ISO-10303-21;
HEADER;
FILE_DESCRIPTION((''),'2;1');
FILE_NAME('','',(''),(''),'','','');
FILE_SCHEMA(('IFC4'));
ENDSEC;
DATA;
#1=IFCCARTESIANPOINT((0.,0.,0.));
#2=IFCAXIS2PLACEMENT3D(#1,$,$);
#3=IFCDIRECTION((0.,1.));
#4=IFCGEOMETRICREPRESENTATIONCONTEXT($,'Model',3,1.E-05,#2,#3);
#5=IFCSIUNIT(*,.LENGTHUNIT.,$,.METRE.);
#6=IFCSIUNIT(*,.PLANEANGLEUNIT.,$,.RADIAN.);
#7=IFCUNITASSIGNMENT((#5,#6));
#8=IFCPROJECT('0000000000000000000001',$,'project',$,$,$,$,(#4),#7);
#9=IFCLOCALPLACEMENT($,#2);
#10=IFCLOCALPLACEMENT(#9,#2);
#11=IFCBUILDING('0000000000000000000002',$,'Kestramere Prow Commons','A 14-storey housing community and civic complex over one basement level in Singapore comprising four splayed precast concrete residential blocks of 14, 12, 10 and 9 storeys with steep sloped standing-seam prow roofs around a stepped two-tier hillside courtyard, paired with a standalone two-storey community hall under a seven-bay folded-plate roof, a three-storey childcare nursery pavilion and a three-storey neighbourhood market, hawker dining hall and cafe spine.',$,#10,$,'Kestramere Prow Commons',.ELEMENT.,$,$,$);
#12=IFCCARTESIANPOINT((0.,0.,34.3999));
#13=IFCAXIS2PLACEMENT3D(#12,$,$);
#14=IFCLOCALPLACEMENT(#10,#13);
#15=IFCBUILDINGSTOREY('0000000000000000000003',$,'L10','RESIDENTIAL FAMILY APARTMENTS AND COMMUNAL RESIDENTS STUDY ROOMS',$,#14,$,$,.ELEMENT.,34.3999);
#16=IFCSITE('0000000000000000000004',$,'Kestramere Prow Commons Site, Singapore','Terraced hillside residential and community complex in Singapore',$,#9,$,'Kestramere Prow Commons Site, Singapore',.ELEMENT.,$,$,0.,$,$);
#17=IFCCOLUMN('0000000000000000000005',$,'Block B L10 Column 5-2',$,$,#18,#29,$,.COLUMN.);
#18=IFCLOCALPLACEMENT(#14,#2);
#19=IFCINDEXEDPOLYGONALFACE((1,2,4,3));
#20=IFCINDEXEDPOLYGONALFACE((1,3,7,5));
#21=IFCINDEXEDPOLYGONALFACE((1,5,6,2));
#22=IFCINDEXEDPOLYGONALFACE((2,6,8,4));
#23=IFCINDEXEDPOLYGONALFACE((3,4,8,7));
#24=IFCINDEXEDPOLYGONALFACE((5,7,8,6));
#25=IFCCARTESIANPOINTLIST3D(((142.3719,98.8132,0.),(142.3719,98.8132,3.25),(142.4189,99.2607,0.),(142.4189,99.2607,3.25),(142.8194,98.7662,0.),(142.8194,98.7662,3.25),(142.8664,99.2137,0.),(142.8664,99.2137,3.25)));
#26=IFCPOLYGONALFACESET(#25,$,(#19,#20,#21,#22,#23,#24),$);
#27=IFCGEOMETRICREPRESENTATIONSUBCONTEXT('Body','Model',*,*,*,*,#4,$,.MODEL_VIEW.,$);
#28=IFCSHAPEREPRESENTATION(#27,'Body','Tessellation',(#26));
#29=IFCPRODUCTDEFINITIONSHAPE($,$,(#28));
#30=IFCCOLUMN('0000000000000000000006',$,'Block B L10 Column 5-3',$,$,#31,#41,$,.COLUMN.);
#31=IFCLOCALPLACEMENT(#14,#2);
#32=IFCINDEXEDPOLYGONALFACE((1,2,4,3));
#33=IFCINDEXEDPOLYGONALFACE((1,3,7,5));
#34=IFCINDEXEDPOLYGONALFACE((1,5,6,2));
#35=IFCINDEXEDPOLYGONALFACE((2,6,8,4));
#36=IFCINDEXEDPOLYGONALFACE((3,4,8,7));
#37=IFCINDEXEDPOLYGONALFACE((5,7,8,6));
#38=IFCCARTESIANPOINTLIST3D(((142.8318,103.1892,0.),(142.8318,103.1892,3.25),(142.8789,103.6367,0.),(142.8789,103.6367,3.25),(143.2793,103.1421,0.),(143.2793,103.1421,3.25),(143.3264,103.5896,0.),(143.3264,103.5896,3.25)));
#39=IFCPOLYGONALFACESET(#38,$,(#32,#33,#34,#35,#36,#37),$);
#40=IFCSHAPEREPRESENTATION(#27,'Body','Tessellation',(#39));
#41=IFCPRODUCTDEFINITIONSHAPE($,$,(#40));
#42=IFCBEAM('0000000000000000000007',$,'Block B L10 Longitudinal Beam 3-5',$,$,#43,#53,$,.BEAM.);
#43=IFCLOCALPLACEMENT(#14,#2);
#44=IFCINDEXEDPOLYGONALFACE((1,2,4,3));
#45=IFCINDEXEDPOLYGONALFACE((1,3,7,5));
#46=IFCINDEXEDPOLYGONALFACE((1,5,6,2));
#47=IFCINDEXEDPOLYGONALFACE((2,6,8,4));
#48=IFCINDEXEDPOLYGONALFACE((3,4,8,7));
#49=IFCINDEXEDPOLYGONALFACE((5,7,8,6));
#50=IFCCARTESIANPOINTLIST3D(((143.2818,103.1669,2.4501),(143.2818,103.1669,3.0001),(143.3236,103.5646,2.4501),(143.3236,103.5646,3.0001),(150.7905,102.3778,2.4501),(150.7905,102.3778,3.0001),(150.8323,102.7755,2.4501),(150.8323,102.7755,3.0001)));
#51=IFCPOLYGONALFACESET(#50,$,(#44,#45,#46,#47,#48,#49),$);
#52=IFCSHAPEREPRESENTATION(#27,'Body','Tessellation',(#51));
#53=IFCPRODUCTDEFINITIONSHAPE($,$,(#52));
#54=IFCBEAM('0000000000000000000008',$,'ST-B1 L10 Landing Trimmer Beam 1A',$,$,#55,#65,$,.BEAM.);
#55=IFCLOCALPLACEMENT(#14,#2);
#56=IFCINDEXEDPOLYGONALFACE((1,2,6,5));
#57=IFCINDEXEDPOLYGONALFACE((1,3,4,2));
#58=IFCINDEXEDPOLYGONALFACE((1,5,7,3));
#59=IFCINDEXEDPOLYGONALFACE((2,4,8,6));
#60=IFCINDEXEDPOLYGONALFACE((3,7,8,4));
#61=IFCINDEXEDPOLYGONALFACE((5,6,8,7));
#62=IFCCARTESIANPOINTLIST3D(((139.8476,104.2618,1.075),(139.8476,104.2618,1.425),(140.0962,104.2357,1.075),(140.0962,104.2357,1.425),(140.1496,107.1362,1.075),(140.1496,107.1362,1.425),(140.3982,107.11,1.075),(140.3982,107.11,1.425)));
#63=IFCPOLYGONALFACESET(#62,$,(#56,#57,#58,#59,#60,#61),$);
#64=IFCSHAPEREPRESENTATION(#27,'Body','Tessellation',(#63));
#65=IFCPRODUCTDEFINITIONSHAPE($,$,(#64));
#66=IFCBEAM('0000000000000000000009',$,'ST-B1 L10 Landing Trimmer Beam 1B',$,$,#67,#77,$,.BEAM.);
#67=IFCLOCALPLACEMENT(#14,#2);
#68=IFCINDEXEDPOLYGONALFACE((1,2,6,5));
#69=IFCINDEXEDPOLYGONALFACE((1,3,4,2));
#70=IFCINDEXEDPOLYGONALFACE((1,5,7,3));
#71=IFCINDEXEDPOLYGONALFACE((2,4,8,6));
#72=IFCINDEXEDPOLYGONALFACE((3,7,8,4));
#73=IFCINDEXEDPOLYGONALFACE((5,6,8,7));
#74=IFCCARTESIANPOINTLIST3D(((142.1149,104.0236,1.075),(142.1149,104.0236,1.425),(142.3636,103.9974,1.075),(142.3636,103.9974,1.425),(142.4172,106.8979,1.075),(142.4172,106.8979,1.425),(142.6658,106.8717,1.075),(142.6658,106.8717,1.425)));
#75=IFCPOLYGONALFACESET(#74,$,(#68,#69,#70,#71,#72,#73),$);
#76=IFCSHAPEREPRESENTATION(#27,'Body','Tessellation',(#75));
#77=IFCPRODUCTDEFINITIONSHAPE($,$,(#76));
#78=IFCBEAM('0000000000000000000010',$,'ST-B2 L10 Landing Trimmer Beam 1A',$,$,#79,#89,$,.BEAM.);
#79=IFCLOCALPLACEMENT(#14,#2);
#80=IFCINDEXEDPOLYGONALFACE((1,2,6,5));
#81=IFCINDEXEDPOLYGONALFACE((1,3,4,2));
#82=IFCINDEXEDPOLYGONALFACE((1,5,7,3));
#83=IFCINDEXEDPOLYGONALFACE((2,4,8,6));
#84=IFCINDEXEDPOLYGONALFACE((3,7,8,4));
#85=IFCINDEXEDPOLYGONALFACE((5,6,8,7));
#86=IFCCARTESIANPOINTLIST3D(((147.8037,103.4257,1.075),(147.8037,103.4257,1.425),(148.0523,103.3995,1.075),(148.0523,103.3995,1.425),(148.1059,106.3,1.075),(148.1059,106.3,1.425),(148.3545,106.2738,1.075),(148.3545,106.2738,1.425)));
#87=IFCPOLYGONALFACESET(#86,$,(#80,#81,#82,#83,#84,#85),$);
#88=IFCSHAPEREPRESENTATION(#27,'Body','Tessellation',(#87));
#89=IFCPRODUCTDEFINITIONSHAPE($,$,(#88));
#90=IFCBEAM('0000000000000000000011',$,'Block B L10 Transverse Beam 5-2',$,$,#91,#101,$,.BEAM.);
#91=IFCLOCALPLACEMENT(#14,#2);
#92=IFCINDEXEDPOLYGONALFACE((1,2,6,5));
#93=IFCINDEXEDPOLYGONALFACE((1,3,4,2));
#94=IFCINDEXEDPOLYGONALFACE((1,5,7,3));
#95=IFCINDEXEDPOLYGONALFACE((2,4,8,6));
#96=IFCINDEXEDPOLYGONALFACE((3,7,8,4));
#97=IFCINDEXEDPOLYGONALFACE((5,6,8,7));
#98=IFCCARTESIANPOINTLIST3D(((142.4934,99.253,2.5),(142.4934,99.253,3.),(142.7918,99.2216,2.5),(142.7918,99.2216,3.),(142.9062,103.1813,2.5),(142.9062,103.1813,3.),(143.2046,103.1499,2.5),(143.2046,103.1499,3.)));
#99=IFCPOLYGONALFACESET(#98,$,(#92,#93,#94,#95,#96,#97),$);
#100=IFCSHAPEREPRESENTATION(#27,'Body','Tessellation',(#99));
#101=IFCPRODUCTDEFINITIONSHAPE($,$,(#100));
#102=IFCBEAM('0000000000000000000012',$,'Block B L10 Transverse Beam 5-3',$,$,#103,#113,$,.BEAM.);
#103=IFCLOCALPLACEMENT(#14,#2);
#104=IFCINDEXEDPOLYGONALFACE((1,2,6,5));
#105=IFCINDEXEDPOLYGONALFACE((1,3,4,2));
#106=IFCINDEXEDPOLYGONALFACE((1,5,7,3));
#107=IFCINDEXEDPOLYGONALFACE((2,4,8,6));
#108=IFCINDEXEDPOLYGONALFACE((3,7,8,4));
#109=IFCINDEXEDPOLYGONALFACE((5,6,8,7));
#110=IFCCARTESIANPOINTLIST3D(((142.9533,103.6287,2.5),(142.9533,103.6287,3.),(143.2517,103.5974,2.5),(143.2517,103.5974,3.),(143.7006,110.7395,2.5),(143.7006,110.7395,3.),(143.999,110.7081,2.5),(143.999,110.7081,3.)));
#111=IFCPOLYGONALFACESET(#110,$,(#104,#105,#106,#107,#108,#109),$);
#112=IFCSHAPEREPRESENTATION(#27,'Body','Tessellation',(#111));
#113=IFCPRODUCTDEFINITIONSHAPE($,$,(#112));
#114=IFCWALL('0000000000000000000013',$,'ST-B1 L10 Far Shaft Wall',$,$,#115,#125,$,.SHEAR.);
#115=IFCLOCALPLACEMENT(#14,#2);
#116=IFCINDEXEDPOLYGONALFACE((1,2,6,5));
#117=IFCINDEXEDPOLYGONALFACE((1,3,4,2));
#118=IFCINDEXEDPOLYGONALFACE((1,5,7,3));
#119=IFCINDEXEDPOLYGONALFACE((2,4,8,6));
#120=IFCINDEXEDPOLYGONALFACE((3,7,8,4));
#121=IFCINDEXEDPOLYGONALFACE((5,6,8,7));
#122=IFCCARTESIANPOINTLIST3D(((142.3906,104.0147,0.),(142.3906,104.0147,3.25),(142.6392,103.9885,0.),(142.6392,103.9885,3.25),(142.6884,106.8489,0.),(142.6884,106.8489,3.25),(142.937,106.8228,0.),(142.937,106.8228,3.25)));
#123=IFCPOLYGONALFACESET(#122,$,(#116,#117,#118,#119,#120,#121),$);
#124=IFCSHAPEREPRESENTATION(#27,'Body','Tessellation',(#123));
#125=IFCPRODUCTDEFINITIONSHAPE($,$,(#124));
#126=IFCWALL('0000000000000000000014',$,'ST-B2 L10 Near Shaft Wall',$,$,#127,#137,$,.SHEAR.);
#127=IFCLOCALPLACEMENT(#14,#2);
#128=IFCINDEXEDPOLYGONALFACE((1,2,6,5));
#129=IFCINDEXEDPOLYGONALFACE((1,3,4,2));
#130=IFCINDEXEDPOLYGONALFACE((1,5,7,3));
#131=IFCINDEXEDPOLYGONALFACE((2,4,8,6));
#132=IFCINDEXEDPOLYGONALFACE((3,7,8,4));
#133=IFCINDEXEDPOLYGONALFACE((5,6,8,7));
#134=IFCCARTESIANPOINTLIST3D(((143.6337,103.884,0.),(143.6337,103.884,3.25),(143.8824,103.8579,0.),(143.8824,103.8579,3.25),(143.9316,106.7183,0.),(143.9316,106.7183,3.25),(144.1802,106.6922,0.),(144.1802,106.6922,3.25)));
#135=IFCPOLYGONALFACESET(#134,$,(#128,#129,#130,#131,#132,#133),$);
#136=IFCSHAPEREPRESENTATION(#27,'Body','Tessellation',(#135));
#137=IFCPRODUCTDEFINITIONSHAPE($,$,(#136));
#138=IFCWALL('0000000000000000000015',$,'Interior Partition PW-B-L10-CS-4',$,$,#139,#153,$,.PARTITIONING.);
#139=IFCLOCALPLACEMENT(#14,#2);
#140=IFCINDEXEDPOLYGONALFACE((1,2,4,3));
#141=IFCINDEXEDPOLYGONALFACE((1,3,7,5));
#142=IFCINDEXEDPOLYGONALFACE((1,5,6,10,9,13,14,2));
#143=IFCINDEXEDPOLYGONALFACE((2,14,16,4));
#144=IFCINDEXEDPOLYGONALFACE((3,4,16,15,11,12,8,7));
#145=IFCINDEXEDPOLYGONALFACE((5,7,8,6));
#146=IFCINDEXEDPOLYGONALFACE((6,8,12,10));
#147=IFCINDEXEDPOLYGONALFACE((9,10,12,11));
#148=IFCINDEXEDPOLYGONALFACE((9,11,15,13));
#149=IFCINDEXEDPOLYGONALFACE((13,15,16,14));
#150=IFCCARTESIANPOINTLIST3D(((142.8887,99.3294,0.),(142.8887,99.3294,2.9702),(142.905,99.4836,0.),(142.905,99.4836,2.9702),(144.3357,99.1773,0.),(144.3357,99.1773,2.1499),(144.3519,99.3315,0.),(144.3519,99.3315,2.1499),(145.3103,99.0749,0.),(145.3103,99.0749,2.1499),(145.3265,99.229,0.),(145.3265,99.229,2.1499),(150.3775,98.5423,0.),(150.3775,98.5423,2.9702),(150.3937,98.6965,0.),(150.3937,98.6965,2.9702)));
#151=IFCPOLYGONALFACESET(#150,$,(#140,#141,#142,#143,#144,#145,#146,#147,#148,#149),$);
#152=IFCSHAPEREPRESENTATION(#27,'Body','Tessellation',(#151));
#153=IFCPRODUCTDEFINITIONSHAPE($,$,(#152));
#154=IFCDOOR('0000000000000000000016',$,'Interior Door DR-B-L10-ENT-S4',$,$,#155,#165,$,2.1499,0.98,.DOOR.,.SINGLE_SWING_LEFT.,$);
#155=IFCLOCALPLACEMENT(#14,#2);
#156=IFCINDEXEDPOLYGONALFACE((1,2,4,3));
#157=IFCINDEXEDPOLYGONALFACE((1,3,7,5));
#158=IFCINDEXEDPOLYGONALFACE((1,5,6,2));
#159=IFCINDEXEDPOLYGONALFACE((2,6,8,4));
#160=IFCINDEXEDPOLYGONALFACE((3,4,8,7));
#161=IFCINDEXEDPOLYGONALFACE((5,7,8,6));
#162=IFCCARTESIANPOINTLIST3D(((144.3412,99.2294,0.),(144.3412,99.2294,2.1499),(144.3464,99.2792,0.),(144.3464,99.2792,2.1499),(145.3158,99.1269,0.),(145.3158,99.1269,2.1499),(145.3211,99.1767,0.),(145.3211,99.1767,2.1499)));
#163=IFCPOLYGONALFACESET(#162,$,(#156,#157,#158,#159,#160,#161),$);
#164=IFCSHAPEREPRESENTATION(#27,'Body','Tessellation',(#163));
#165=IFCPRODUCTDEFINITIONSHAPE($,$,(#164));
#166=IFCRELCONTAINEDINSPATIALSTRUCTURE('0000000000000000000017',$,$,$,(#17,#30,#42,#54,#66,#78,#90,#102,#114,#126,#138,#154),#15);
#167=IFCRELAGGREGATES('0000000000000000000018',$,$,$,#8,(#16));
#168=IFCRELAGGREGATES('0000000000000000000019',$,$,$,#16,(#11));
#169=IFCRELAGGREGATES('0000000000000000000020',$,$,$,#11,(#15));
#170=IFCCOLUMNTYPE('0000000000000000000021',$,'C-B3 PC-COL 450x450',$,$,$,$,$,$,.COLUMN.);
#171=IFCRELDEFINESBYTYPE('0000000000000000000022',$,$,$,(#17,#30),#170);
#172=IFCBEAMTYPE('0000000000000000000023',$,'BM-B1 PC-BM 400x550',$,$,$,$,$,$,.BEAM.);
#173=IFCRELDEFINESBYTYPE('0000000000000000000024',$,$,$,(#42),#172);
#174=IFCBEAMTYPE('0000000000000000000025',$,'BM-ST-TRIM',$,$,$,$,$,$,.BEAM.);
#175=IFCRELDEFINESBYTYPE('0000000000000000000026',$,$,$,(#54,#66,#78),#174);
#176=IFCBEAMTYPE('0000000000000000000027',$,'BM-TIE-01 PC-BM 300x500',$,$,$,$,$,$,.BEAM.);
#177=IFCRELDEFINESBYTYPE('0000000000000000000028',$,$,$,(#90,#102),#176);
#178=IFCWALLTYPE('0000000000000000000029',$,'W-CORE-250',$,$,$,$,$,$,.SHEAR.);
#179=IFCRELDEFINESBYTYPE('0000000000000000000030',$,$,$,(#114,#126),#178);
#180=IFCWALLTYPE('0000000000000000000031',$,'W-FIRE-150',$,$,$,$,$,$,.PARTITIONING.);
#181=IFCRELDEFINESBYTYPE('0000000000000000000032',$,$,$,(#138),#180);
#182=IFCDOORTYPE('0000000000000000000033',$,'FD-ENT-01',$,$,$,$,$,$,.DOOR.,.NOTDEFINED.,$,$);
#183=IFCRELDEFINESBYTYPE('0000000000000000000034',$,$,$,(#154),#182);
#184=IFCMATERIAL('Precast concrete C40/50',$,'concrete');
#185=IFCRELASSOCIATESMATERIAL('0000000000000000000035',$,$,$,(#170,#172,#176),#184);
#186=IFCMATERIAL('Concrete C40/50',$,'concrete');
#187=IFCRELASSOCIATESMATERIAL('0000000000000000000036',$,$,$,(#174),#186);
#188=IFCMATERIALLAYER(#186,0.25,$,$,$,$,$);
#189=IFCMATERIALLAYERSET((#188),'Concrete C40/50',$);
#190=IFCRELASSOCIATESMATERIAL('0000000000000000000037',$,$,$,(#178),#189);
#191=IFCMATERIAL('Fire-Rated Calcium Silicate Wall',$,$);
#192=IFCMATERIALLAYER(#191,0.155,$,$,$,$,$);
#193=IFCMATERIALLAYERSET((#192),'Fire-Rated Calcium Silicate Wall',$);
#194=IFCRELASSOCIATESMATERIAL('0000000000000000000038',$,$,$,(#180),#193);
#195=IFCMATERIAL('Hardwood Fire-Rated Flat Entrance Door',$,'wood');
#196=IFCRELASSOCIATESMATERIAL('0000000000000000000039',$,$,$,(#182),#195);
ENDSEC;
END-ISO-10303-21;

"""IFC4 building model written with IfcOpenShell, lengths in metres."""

from ifc_helpers import new_model, si_unit, direction, frame, frame_2d, origin, origin_2d, place, context, subcontext, project, spatial, rectangle, extrude, material, layer, layer_set, material_profile, profile_set, type_object, element, fill, save


model = new_model("IFC4")

# Units and contexts
model_context = context("Model", 3, precision=1e-05, world=origin(), true_north=direction((0.0, 1.0)))
body_context = subcontext(model_context, "Body", "Model", "MODEL_VIEW")
ifc_project = project(units=[si_unit("LENGTHUNIT", "METRE"), si_unit("PLANEANGLEUNIT", "RADIAN")], contexts=[model_context])

# Site, building, storey
site_placement = place(None, origin())
site = spatial("IfcSite", under=ifc_project, at=site_placement, Name="Kestramere Prow Commons Site, Singapore", Description="Terraced hillside residential and community complex in Singapore", LongName="Kestramere Prow Commons Site, Singapore", CompositionType="ELEMENT", RefElevation=0.0)
building_placement = place(site_placement, origin())
building = spatial("IfcBuilding", under=site, at=building_placement, Name="Kestramere Prow Commons", Description="A 14-storey housing community and civic complex over one basement level in Singapore comprising four splayed precast concrete residential blocks of 14, 12, 10 and 9 storeys with steep sloped standing-seam prow roofs around a stepped two-tier hillside courtyard, paired with a standalone two-storey community hall under a seven-bay folded-plate roof, a three-storey childcare nursery pavilion and a three-storey neighbourhood market, hawker dining hall and cafe spine.", LongName="Kestramere Prow Commons", CompositionType="ELEMENT")
storey_placement = place(building_placement, frame((0.0, 0.0, 34.3999)))
storey = spatial("IfcBuildingStorey", under=building, at=storey_placement, Name="L10", Description="RESIDENTIAL FAMILY APARTMENTS AND COMMUNAL RESIDENTS STUDY ROOMS", CompositionType="ELEMENT", Elevation=34.3999)

# Columns
ifc_material_1 = material(Name="Precast concrete C40/50", Category="concrete")
ifc_material_profile_1 = material_profile(ifc_material_1, rectangle(XDim=0.45, YDim=0.45, at=origin_2d()), Name="PC-COL 450x450")
ifc_profile_set_1 = profile_set([ifc_material_profile_1], Name="Precast concrete C40/50")
column_type = type_object("IfcColumnType", Name="C-B3 PC-COL 450x450", PredefinedType="COLUMN", material=ifc_profile_set_1)
for number, where, z_axis, x_axis, name in (
    (1, (142.6191, 99.0134, 0.0), (0.0, 0.0, 1.0), (0.994522, -0.104528, 0.0), "Block B L10 Column 5-2"),
    (2, (143.0791, 103.3894, 0.0), (0.0, 0.0, 1.0), (0.994522, -0.104528, 0.0), "Block B L10 Column 5-3"),
):
    element("IfcColumn", number, at=place(storey_placement, frame(where, z_axis=z_axis, x_axis=x_axis)), inside=storey, type_object=column_type, Name=name, PredefinedType="COLUMN", context=body_context, shape_type="SweptSolid", body=[
        extrude(rectangle(XDim=0.45, YDim=0.45, at=origin_2d()), origin(), (0.0, 0.0, 1.0), 3.25),
    ])

# Beams
ifc_material_profile_2 = material_profile(ifc_material_1, rectangle(XDim=0.3999, YDim=0.55, at=origin_2d()), Name="PC-BM 400x550")
ifc_profile_set_2 = profile_set([ifc_material_profile_2], Name="Precast concrete C40/50")
beam_type_1 = type_object("IfcBeamType", Name="BM-B1 PC-BM 400x550", PredefinedType="BEAM", material=ifc_profile_set_2)
beam_1_placement = place(storey_placement, frame((143.3027, 103.3657, 2.7251), z_axis=(0.994524, -0.10451, 0.0), x_axis=(0.10451, 0.994524, 0.0)))
element("IfcBeam", 3, at=beam_1_placement, inside=storey, type_object=beam_type_1, Name="Block B L10 Longitudinal Beam 3-5", PredefinedType="BEAM", context=body_context, shape_type="SweptSolid", body=[
    extrude(rectangle(XDim=0.3999, YDim=0.55, at=origin_2d()), origin(), (0.0, 0.0, 1.0), 7.55),
])
ifc_material_2 = material(Name="Concrete C40/50", Category="concrete")
ifc_material_profile_3 = material_profile(ifc_material_2, rectangle(XDim=0.25, YDim=0.3501, at=origin_2d()), Name="PC-BM 250x350")
ifc_profile_set_3 = profile_set([ifc_material_profile_3], Name="Concrete C40/50")
beam_type_2 = type_object("IfcBeamType", Name="BM-ST-TRIM", PredefinedType="BEAM", material=ifc_profile_set_3)
for number, where, z_axis, x_axis, name in (
    (4, (139.9719, 104.2488, 1.25), (0.104496, 0.994525, 0.0), (-0.994525, 0.104496, 0.0), "ST-B1 L10 Landing Trimmer Beam 1A"),
    (5, (142.2393, 104.0105, 1.25), (0.104579, 0.994517, 0.0), (-0.994517, 0.104579, 0.0), "ST-B1 L10 Landing Trimmer Beam 1B"),
    (6, (147.928, 103.4126, 1.25), (0.104579, 0.994517, 0.0), (-0.994517, 0.104579, 0.0), "ST-B2 L10 Landing Trimmer Beam 1A"),
):
    element("IfcBeam", number, at=place(storey_placement, frame(where, z_axis=z_axis, x_axis=x_axis)), inside=storey, type_object=beam_type_2, Name=name, PredefinedType="BEAM", context=body_context, shape_type="SweptSolid", body=[
        extrude(rectangle(XDim=0.25, YDim=0.3501, at=origin_2d()), origin(), (0.0, 0.0, 1.0), 2.8901),
    ])
ifc_material_profile_4 = material_profile(ifc_material_1, rectangle(XDim=0.3, YDim=0.5, at=origin_2d()), Name="PC-BM 300x500")
ifc_profile_set_4 = profile_set([ifc_material_profile_4], Name="Precast concrete C40/50")
beam_type_3 = type_object("IfcBeamType", Name="BM-TIE-01 PC-BM 300x500", PredefinedType="BEAM", material=ifc_profile_set_4)
beam_2_placement = place(storey_placement, frame((142.6426, 99.2373, 2.75), z_axis=(0.104521, 0.994523, 0.0), x_axis=(-0.994523, 0.104521, 0.0)))
element("IfcBeam", 7, at=beam_2_placement, inside=storey, type_object=beam_type_3, Name="Block B L10 Transverse Beam 5-2", PredefinedType="BEAM", context=body_context, shape_type="SweptSolid", body=[
    extrude(rectangle(XDim=0.3, YDim=0.5, at=origin_2d()), origin(), (0.0, 0.0, 1.0), 3.95),
])
beam_3_placement = place(storey_placement, frame((143.1025, 103.613, 2.75), z_axis=(0.104519, 0.994523, 0.0), x_axis=(-0.994523, 0.104519, 0.0)))
element("IfcBeam", 8, at=beam_3_placement, inside=storey, type_object=beam_type_3, Name="Block B L10 Transverse Beam 5-3", PredefinedType="BEAM", context=body_context, shape_type="SweptSolid", body=[
    extrude(rectangle(XDim=0.3, YDim=0.5, at=origin_2d()), origin(), (0.0, 0.0, 1.0), 7.1499),
])

# Wall
ifc_layer_1 = layer(ifc_material_2, 0.25)
ifc_layer_set_1 = layer_set([ifc_layer_1], Name="Concrete C40/50")
wall_type_1 = type_object("IfcWallType", Name="W-CORE-250", PredefinedType="SHEAR", material=ifc_layer_set_1)
wall_1_placement = place(storey_placement, frame((142.5149, 104.0017, 0.0), z_axis=(0.0, 0.0, 1.0), x_axis=(0.104515, 0.994523, 0.0)))
element("IfcWall", 9, at=wall_1_placement, inside=storey, type_object=wall_type_1, Name="ST-B1 L10 Far Shaft Wall", PredefinedType="SHEAR", context=body_context, shape_type="SweptSolid", body=[
    extrude(rectangle(XDim=2.8499, YDim=0.25, at=frame_2d((1.4248, 0.0))), origin(), (0.0, 0.0, 1.0), 3.25),
])

# Wall
wall_2_placement = place(storey_placement, frame((143.7581, 103.8711, 0.0), z_axis=(0.0, 0.0, 1.0), x_axis=(0.104515, 0.994523, 0.0)))
element("IfcWall", 10, at=wall_2_placement, inside=storey, type_object=wall_type_1, Name="ST-B2 L10 Near Shaft Wall", PredefinedType="SHEAR", context=body_context, shape_type="SweptSolid", body=[
    extrude(rectangle(XDim=2.8499, YDim=0.25, at=frame_2d((1.4248, 0.0))), origin(), (0.0, 0.0, 1.0), 3.25),
])

# Wall, opening, door
ifc_material_3 = material(Name="Fire-Rated Calcium Silicate Wall")
ifc_layer_2 = layer(ifc_material_3, 0.155)
ifc_layer_set_2 = layer_set([ifc_layer_2], Name="Fire-Rated Calcium Silicate Wall")
wall_type_2 = type_object("IfcWallType", Name="W-FIRE-150", PredefinedType="PARTITIONING", material=ifc_layer_set_2)
wall_3_placement = place(storey_placement, frame((142.8967, 99.4065, 0.0), z_axis=(0.0, 0.0, 1.0), x_axis=(0.994522, -0.10453, 0.0)))
wall_3 = element("IfcWall", 11, at=wall_3_placement, inside=storey, type_object=wall_type_2, Name="Interior Partition PW-B-L10-CS-4", PredefinedType="PARTITIONING", context=body_context, shape_type="SweptSolid", body=[
    extrude(rectangle(XDim=7.53, YDim=0.155, at=frame_2d((3.7651, 0.0))), origin(), (0.0, 0.0, 1.0), 2.9702),
])
opening_1_placement = place(wall_3_placement, frame((1.4551, 0.0, 0.0)))
opening_1 = element("IfcOpeningElement", 12, at=opening_1_placement, cuts=wall_3, PredefinedType="OPENING", context=body_context, shape_type="SweptSolid", body=[
    extrude(rectangle(XDim=0.98, YDim=2.1499, at=frame_2d((0.49, 1.075))), frame((0.0, 0.0925, 0.0), z_axis=(0.0, -1.0, 0.0), x_axis=(1.0, 0.0, 0.0)), (0.0, 0.0, 1.0), 0.1851),
])
ifc_material_4 = material(Name="Hardwood Fire-Rated Flat Entrance Door", Category="wood")
door_type_1 = type_object("IfcDoorType", Name="FD-ENT-01", OperationType="NOTDEFINED", PredefinedType="DOOR", material=ifc_material_4)
door_1_placement = place(opening_1_placement, origin())
door_1 = element("IfcDoor", 13, at=door_1_placement, inside=storey, type_object=door_type_1, Name="Interior Door DR-B-L10-ENT-S4", OperationType="SINGLE_SWING_LEFT", OverallHeight=2.1499, OverallWidth=0.98, PredefinedType="DOOR", context=body_context, shape_type="SweptSolid", body=[
    extrude(rectangle(XDim=0.98, YDim=2.1499, at=frame_2d((0.49, 1.075))), frame((0.0, 0.0249, 0.0), z_axis=(0.0, -1.0, 0.0), x_axis=(1.0, 0.0, 0.0)), (0.0, 0.0, 1.0), 0.05),
])
fill(opening_1, door_1)

save(model, "model.ifc")
